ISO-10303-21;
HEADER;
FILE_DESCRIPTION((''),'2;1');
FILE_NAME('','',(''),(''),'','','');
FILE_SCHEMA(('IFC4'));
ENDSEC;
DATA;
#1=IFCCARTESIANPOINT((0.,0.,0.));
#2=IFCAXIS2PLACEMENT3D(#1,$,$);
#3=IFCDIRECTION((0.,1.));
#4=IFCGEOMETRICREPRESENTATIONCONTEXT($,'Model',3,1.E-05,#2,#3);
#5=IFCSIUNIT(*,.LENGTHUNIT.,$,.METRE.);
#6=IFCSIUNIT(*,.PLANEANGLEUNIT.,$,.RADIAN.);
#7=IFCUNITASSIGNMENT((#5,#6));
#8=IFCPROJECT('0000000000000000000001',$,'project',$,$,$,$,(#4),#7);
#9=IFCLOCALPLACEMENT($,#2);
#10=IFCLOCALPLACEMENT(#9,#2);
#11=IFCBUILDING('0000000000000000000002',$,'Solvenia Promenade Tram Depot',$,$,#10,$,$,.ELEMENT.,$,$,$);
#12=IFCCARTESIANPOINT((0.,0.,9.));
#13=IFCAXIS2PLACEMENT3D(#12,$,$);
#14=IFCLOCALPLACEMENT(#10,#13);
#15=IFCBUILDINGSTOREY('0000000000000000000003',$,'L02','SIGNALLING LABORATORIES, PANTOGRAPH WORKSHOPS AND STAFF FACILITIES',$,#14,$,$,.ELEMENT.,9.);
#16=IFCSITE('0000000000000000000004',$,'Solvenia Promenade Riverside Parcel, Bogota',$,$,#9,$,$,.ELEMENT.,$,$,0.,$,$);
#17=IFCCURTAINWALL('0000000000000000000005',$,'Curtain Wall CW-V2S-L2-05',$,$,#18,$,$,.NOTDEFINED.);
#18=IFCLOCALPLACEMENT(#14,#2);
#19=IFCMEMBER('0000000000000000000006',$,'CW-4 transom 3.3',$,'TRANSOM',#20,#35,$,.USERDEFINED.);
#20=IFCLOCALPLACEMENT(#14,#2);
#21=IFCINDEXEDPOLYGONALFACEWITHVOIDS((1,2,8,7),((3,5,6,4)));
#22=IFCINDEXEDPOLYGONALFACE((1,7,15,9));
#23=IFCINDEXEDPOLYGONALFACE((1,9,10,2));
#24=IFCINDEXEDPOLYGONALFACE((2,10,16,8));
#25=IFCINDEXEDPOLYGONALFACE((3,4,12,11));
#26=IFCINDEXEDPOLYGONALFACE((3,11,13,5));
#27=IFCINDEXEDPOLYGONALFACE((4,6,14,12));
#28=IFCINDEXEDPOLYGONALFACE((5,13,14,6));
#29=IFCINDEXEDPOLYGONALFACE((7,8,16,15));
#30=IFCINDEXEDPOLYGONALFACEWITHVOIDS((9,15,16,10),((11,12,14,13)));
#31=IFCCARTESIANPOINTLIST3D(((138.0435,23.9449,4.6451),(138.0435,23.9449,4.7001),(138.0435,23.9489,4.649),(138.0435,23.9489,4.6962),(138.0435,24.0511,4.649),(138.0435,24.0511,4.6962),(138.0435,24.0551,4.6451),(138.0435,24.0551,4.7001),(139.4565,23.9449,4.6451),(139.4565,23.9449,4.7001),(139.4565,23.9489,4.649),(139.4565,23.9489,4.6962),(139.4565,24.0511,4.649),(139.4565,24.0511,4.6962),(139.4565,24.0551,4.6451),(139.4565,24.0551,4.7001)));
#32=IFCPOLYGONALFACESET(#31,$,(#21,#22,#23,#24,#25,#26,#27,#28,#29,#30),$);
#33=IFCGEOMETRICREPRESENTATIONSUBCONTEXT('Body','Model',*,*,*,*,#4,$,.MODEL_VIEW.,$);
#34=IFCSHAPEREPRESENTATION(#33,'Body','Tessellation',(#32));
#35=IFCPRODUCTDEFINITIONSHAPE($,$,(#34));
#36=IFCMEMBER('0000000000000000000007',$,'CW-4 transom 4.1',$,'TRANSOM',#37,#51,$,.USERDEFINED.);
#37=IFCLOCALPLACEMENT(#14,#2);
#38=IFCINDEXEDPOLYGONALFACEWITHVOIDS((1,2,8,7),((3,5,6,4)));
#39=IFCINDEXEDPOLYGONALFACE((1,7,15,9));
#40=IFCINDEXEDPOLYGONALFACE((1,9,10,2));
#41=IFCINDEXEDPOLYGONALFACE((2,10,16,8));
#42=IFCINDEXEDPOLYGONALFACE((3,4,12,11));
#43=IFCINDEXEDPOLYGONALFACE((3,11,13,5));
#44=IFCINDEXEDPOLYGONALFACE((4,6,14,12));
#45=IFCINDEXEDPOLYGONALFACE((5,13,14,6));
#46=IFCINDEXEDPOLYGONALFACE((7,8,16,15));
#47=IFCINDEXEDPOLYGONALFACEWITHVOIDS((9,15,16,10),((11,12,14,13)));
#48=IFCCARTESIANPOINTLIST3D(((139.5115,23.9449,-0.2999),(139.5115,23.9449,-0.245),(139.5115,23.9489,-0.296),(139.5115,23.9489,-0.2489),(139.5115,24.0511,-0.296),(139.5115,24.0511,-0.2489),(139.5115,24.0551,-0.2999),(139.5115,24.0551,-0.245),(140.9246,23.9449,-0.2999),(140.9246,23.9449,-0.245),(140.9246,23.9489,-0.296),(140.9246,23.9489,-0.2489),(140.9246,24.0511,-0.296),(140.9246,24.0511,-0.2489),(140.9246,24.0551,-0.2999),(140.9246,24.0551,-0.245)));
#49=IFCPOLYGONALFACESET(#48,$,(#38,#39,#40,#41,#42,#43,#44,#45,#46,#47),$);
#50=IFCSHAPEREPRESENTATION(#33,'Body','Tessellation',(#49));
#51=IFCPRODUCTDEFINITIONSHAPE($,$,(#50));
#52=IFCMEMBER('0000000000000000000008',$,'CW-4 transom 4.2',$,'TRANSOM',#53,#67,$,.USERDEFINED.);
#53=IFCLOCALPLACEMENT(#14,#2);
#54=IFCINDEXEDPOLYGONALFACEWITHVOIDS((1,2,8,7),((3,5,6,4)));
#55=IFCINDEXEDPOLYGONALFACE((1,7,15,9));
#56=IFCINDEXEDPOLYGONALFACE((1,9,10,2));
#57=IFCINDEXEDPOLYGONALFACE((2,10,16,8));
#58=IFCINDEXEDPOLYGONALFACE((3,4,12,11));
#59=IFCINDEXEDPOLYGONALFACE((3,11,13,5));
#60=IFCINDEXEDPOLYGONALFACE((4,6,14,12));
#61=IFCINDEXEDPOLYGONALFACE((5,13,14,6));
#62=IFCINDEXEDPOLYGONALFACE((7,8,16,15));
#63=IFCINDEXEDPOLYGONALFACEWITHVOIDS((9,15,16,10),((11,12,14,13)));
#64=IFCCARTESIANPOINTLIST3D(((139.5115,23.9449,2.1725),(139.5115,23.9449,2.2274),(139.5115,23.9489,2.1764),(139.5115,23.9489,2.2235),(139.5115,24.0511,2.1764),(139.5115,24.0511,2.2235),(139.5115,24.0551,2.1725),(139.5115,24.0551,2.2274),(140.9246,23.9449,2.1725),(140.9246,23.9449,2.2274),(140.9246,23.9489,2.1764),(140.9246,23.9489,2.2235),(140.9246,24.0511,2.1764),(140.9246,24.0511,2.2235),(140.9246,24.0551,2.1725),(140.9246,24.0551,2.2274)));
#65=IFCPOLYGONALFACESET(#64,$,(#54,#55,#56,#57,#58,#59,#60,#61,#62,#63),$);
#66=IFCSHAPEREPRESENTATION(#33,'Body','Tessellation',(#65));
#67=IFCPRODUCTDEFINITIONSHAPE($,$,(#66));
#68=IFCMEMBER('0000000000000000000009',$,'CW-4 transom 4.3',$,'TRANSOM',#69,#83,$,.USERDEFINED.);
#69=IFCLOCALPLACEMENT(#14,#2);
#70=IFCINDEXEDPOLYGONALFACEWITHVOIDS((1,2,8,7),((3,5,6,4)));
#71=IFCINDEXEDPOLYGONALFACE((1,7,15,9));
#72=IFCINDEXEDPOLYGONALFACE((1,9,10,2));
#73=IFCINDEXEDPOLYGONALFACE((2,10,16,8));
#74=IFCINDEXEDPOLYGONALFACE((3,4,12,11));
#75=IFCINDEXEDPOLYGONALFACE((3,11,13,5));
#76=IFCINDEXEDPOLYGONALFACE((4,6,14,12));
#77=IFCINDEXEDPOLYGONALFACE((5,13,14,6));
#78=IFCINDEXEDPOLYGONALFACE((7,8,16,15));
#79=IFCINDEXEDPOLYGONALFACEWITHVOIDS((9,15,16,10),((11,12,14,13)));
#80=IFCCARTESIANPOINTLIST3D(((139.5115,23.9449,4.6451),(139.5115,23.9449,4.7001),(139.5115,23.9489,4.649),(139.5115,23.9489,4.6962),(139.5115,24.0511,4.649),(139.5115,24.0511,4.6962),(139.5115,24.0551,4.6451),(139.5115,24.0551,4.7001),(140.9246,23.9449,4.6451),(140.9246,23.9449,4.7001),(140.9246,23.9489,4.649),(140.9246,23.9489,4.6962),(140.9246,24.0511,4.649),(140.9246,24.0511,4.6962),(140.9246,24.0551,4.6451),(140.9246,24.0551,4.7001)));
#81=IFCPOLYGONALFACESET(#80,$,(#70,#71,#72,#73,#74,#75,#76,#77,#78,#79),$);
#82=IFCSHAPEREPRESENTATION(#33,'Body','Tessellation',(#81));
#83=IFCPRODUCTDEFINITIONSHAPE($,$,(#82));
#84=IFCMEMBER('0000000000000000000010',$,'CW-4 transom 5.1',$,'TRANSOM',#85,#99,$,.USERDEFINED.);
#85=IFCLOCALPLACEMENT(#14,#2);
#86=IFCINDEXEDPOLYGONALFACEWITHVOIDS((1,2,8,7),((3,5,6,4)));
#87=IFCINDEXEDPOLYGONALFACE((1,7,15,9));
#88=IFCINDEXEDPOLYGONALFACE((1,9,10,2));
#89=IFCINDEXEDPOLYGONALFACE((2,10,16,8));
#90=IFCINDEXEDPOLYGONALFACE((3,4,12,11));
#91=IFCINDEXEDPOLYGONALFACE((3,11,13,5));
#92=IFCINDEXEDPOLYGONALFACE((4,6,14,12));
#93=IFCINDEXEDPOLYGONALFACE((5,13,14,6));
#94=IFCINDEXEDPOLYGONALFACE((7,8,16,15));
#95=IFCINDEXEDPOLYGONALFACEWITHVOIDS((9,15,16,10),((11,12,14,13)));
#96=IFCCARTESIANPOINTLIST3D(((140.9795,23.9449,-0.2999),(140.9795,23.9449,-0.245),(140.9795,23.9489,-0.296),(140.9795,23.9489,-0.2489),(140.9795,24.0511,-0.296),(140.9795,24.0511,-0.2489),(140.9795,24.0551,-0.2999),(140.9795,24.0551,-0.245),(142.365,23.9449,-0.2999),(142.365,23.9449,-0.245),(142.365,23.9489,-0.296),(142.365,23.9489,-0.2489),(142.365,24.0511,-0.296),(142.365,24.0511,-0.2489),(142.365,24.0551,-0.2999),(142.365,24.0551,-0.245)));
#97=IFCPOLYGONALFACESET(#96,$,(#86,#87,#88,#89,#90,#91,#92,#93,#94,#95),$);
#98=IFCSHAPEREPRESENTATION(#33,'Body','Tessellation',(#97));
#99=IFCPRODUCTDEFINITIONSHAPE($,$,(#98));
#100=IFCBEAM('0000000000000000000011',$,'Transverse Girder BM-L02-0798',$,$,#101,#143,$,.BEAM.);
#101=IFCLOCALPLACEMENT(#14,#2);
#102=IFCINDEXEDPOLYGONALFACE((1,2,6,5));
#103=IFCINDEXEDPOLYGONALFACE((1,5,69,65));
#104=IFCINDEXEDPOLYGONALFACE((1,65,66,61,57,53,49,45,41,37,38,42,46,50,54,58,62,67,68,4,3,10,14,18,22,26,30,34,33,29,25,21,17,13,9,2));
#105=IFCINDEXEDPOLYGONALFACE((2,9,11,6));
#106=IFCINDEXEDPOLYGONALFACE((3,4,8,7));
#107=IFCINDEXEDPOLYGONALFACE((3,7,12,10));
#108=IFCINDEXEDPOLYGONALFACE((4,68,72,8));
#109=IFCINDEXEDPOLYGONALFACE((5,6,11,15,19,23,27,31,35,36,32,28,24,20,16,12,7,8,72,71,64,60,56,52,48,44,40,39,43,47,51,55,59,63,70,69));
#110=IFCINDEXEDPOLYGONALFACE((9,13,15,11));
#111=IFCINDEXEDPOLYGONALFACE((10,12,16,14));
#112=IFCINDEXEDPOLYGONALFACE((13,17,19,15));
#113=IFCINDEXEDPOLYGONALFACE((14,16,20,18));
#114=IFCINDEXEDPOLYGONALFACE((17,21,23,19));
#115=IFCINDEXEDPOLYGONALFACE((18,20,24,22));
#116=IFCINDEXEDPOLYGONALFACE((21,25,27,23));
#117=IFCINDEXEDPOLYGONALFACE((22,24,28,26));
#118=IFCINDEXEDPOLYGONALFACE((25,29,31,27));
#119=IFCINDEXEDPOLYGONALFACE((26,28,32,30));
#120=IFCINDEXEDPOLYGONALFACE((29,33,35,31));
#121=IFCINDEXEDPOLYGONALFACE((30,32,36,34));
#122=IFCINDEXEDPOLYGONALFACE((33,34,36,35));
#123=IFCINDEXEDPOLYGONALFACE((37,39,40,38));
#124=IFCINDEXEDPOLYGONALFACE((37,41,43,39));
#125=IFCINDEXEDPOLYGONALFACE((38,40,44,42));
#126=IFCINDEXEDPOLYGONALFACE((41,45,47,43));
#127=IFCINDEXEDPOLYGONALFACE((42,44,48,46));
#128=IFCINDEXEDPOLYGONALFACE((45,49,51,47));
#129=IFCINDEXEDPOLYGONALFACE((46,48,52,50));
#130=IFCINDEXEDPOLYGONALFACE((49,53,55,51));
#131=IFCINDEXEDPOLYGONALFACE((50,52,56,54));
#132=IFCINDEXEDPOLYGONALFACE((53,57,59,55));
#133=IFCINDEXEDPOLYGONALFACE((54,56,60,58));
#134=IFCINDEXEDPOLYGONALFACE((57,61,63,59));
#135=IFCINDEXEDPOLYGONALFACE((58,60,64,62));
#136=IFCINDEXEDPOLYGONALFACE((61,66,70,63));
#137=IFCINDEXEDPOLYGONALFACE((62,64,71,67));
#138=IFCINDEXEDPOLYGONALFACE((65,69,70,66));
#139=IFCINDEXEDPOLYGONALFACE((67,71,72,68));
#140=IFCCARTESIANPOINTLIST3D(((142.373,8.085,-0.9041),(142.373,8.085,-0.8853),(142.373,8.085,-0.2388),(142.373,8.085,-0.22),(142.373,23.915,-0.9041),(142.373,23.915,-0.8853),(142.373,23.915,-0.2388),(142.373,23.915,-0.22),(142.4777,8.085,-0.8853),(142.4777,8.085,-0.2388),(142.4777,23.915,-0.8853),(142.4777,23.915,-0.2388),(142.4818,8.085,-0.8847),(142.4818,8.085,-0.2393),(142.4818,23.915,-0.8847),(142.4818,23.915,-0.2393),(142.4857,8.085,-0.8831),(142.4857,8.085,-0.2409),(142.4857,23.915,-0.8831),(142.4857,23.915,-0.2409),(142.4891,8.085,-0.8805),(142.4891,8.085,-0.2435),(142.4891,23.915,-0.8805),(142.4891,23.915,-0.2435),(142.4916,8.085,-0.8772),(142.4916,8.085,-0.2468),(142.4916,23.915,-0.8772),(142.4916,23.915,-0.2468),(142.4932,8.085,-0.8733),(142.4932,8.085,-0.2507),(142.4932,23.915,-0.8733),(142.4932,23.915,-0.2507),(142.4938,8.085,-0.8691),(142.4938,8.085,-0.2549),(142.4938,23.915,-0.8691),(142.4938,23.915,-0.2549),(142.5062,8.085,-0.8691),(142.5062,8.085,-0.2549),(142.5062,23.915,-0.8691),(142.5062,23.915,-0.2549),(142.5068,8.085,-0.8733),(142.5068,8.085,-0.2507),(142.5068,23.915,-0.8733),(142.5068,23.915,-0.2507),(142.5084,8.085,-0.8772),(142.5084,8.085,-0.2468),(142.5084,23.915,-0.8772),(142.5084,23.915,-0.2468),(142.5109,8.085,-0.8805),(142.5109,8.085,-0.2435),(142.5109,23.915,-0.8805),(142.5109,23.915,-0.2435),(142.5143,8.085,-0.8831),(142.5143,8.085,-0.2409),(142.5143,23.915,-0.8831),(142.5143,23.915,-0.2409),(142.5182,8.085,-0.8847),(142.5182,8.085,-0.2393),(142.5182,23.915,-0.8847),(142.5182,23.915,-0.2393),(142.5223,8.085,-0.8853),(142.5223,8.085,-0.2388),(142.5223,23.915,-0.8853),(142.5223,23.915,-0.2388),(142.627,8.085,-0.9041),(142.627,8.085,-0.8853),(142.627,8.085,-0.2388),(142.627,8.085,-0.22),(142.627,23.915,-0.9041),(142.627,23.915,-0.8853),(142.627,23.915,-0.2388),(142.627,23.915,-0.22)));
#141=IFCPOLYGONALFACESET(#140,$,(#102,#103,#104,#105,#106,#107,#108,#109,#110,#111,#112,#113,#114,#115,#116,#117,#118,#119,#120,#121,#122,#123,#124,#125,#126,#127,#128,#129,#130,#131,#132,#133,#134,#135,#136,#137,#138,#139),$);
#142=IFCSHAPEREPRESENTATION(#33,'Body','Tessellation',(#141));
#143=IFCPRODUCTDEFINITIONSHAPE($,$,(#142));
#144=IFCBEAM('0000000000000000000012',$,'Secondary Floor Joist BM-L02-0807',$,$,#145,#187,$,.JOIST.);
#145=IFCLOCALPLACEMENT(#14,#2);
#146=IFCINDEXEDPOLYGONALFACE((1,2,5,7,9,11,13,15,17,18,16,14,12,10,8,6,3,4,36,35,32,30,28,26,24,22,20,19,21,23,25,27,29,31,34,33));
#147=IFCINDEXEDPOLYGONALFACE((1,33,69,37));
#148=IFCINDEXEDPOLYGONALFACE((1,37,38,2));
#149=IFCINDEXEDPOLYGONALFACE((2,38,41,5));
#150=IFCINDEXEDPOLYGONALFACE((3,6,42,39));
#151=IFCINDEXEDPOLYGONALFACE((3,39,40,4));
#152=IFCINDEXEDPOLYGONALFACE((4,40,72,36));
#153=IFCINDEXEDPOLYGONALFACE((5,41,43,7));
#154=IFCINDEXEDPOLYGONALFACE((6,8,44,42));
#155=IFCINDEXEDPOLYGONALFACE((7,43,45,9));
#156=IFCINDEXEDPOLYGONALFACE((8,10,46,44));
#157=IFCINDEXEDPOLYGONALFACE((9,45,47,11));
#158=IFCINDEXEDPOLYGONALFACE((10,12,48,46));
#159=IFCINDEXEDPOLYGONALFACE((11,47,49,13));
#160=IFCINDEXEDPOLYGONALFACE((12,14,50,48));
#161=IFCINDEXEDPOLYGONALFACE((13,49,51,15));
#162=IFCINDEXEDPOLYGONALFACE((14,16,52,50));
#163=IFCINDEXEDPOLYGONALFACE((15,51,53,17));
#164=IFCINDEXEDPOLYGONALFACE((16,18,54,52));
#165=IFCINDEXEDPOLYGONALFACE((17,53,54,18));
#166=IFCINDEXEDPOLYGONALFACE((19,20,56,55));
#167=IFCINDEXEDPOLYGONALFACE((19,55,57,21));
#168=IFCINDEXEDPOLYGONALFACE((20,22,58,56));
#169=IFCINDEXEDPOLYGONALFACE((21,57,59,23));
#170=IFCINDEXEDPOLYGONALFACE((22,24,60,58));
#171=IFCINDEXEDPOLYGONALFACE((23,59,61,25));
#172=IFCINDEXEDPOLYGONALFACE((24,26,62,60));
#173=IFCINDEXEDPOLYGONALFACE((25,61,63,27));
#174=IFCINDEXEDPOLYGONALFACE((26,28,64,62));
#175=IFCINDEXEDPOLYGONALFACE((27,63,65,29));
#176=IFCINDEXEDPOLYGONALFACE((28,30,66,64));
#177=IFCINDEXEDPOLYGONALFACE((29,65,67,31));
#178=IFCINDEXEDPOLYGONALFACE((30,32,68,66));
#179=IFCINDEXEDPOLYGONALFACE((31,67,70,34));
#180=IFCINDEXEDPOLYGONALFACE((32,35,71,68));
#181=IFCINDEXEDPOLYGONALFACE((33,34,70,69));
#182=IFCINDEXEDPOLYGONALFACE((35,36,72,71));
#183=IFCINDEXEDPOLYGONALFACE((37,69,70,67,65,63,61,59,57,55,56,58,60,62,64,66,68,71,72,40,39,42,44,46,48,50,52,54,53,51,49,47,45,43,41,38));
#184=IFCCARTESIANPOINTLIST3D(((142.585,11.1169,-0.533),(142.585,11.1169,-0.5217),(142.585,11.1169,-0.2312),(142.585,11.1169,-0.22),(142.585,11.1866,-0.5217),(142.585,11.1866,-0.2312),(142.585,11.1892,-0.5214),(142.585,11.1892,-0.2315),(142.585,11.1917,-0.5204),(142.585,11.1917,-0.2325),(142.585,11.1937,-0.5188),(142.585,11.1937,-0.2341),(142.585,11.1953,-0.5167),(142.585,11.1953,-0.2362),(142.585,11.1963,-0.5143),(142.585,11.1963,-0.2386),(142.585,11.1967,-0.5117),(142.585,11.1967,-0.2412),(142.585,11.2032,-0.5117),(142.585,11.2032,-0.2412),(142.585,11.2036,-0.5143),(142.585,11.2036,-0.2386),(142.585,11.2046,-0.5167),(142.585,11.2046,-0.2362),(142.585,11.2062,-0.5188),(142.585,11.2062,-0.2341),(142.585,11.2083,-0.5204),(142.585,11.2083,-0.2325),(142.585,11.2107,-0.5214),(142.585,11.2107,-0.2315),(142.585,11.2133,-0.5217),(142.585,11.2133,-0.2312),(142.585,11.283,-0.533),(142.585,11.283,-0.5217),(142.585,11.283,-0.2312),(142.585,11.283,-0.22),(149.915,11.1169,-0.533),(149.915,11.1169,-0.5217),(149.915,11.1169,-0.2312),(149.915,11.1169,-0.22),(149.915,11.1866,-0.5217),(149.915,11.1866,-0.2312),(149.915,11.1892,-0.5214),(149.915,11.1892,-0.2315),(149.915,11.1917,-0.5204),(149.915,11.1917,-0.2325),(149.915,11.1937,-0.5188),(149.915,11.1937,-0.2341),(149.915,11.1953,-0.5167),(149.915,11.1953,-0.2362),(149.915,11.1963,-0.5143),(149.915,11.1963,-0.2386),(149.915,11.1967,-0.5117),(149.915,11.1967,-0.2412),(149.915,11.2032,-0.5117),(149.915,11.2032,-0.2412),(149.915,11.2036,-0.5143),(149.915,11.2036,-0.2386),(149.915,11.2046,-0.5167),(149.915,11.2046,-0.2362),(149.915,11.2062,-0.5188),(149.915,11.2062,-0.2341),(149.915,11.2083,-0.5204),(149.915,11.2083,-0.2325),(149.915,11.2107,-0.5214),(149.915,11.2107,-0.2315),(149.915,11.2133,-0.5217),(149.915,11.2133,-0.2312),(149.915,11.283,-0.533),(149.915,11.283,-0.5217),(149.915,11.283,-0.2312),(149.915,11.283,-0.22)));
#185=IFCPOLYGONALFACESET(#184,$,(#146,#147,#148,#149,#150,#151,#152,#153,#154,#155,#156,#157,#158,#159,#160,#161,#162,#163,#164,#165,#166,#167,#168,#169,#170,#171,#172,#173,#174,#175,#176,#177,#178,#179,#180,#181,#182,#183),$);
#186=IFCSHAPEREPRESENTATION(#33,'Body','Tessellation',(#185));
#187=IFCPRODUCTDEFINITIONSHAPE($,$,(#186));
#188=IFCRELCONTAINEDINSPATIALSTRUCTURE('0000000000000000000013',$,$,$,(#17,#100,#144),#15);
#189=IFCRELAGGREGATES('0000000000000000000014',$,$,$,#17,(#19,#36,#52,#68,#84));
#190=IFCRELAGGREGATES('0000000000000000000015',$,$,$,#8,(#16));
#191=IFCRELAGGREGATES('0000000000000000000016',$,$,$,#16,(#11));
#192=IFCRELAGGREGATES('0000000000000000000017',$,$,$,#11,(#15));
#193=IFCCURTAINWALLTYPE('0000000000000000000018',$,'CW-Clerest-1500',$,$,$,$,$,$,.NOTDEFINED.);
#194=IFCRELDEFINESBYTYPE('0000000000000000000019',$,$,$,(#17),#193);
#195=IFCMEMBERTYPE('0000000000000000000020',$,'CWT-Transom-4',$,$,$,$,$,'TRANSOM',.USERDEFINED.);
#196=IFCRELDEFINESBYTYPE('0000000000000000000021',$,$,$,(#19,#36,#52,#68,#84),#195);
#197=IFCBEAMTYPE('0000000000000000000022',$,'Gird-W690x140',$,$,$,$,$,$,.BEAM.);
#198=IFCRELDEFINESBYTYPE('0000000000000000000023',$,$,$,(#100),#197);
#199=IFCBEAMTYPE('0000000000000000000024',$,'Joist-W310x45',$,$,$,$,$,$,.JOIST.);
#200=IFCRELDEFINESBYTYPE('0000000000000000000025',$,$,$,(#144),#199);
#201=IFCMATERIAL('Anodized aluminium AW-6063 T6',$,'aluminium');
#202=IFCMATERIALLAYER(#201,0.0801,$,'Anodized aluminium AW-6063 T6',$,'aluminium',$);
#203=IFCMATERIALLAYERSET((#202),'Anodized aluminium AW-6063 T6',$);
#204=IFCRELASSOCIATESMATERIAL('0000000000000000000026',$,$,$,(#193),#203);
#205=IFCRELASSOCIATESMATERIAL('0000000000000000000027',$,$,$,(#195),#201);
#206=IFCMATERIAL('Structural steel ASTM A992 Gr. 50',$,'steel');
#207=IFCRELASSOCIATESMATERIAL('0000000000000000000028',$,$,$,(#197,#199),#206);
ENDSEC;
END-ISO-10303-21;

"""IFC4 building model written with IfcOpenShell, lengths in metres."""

from ifc_helpers import new_model, si_unit, direction, frame, origin, origin_2d, place, context, subcontext, project, spatial, hollow_rectangle, i_section, extrude, material, layer, layer_set, material_profile, profile_set, type_object, element, aggregate, save


model = new_model("IFC4")

# Units and contexts
model_context = context("Model", 3, precision=1e-05, world=origin(), true_north=direction((0.0, 1.0)))
body_context = subcontext(model_context, "Body", "Model", "MODEL_VIEW")
ifc_project = project(units=[si_unit("LENGTHUNIT", "METRE"), si_unit("PLANEANGLEUNIT", "RADIAN")], contexts=[model_context])

# Site, building, storey
site_placement = place(None, origin())
site = spatial("IfcSite", under=ifc_project, at=site_placement, Name="Solvenia Promenade Riverside Parcel, Bogota", CompositionType="ELEMENT", RefElevation=0.0)
building_placement = place(site_placement, origin())
building = spatial("IfcBuilding", under=site, at=building_placement, Name="Solvenia Promenade Tram Depot", CompositionType="ELEMENT")
storey_placement = place(building_placement, frame((0.0, 0.0, 9.0)))
storey = spatial("IfcBuildingStorey", under=building, at=storey_placement, Name="L02", Description="SIGNALLING LABORATORIES, PANTOGRAPH WORKSHOPS AND STAFF FACILITIES", CompositionType="ELEMENT", Elevation=9.0)

# Curtain wall, members
ifc_material_1 = material(Name="Anodized aluminium AW-6063 T6", Category="aluminium")
ifc_layer_1 = layer(ifc_material_1, 0.0801, Name="Anodized aluminium AW-6063 T6", Category="aluminium")
ifc_layer_set_1 = layer_set([ifc_layer_1], Name="Anodized aluminium AW-6063 T6")
curtain_wall_type = type_object("IfcCurtainWallType", Name="CW-Clerest-1500", PredefinedType="NOTDEFINED", material=ifc_layer_set_1)
curtain_wall_placement = place(storey_placement, origin())
curtain_wall = element("IfcCurtainWall", 1, at=curtain_wall_placement, inside=storey, type_object=curtain_wall_type, Name="Curtain Wall CW-V2S-L2-05", PredefinedType="NOTDEFINED")
ifc_material_profile_1 = material_profile(ifc_material_1, hollow_rectangle(XDim=0.1101, YDim=0.0549, WallThickness=0.0039, at=origin_2d()), Name="ALU-T4", Category="aluminium")
ifc_profile_set_1 = profile_set([ifc_material_profile_1], Name="Anodized aluminium AW-6063 T6")
member_type_1 = type_object("IfcMemberType", Name="CWT-Transom-4", ElementType="TRANSOM", PredefinedType="USERDEFINED", material=ifc_profile_set_1)
member_1_placement = place(storey_placement, frame((138.0435, 24.0, 4.6726), z_axis=(1.0, 0.0, 0.0), x_axis=(0.0, 1.0, 0.0)))
member_1 = element("IfcMember", 2, at=member_1_placement, type_object=member_type_1, Name="CW-4 transom 3.3", ObjectType="TRANSOM", PredefinedType="USERDEFINED", context=body_context, shape_type="SweptSolid", body=[
    extrude(hollow_rectangle(XDim=0.1101, YDim=0.0549, WallThickness=0.0039, at=origin_2d()), origin(), (0.0, 0.0, 1.0), 1.4131),
])
member_2_placement = place(storey_placement, frame((139.5115, 24.0, -0.2725), z_axis=(1.0, 0.0, 0.0), x_axis=(0.0, 1.0, 0.0)))
member_2 = element("IfcMember", 3, at=member_2_placement, type_object=member_type_1, Name="CW-4 transom 4.1", ObjectType="TRANSOM", PredefinedType="USERDEFINED", context=body_context, shape_type="SweptSolid", body=[
    extrude(hollow_rectangle(XDim=0.1101, YDim=0.0549, WallThickness=0.0039, at=origin_2d()), origin(), (0.0, 0.0, 1.0), 1.4131),
])
member_3_placement = place(storey_placement, frame((139.5115, 24.0, 2.2), z_axis=(1.0, 0.0, 0.0), x_axis=(0.0, 1.0, 0.0)))
member_3 = element("IfcMember", 4, at=member_3_placement, type_object=member_type_1, Name="CW-4 transom 4.2", ObjectType="TRANSOM", PredefinedType="USERDEFINED", context=body_context, shape_type="SweptSolid", body=[
    extrude(hollow_rectangle(XDim=0.1101, YDim=0.0549, WallThickness=0.0039, at=origin_2d()), origin(), (0.0, 0.0, 1.0), 1.4131),
])
member_4_placement = place(storey_placement, frame((139.5115, 24.0, 4.6726), z_axis=(1.0, 0.0, 0.0), x_axis=(0.0, 1.0, 0.0)))
member_4 = element("IfcMember", 5, at=member_4_placement, type_object=member_type_1, Name="CW-4 transom 4.3", ObjectType="TRANSOM", PredefinedType="USERDEFINED", context=body_context, shape_type="SweptSolid", body=[
    extrude(hollow_rectangle(XDim=0.1101, YDim=0.0549, WallThickness=0.0039, at=origin_2d()), origin(), (0.0, 0.0, 1.0), 1.4131),
])
member_5_placement = place(storey_placement, frame((140.9795, 24.0, -0.2725), z_axis=(1.0, 0.0, 0.0), x_axis=(0.0, 1.0, 0.0)))
member_5 = element("IfcMember", 6, at=member_5_placement, type_object=member_type_1, Name="CW-4 transom 5.1", ObjectType="TRANSOM", PredefinedType="USERDEFINED", context=body_context, shape_type="SweptSolid", body=[
    extrude(hollow_rectangle(XDim=0.1101, YDim=0.0549, WallThickness=0.0039, at=origin_2d()), origin(), (0.0, 0.0, 1.0), 1.3855),
])

# Beams
ifc_material_2 = material(Name="Structural steel ASTM A992 Gr. 50", Category="steel")
ifc_material_profile_2 = material_profile(ifc_material_2, i_section(OverallWidth=0.2539, OverallDepth=0.6841, WebThickness=0.0125, FlangeThickness=0.0188, FilletRadius=0.0161, at=origin_2d()), Name="W690x140", Category="steel")
ifc_profile_set_2 = profile_set([ifc_material_profile_2], Name="Structural steel ASTM A992 Gr. 50")
beam_type_1 = type_object("IfcBeamType", Name="Gird-W690x140", PredefinedType="BEAM", material=ifc_profile_set_2)
beam_1_placement = place(storey_placement, frame((142.5, 8.085, -0.562), z_axis=(0.0, 1.0, 0.0), x_axis=(-1.0, 0.0, 0.0)))
element("IfcBeam", 7, at=beam_1_placement, inside=storey, type_object=beam_type_1, Name="Transverse Girder BM-L02-0798", PredefinedType="BEAM", context=body_context, shape_type="SweptSolid", body=[
    extrude(i_section(OverallWidth=0.2539, OverallDepth=0.6841, WebThickness=0.0125, FlangeThickness=0.0188, FilletRadius=0.0161, at=origin_2d()), origin(), (0.0, 0.0, 1.0), 15.8301),
])
ifc_material_profile_3 = material_profile(ifc_material_2, i_section(OverallWidth=0.166, OverallDepth=0.313, WebThickness=0.0066, FlangeThickness=0.0112, FilletRadius=0.01, at=origin_2d()), Name="W310x45", Category="steel")
ifc_profile_set_3 = profile_set([ifc_material_profile_3], Name="Structural steel ASTM A992 Gr. 50")
beam_type_2 = type_object("IfcBeamType", Name="Joist-W310x45", PredefinedType="JOIST", material=ifc_profile_set_3)
for number, where, z_axis, x_axis, name in (
    (8, (142.585, 11.2, -0.3765), (1.0, 0.0, 0.0), (0.0, 1.0, 0.0), "Secondary Floor Joist BM-L02-0807"),
):
    element("IfcBeam", number, at=place(storey_placement, frame(where, z_axis=z_axis, x_axis=x_axis)), inside=storey, type_object=beam_type_2, Name=name, PredefinedType="JOIST", context=body_context, shape_type="SweptSolid", body=[
        extrude(i_section(OverallWidth=0.166, OverallDepth=0.313, WebThickness=0.0066, FlangeThickness=0.0112, FilletRadius=0.01, at=origin_2d()), origin(), (0.0, 0.0, 1.0), 7.3301),
    ])

aggregate(curtain_wall, [member_1, member_2, member_3, member_4, member_5])

save(model, "model.ifc")
